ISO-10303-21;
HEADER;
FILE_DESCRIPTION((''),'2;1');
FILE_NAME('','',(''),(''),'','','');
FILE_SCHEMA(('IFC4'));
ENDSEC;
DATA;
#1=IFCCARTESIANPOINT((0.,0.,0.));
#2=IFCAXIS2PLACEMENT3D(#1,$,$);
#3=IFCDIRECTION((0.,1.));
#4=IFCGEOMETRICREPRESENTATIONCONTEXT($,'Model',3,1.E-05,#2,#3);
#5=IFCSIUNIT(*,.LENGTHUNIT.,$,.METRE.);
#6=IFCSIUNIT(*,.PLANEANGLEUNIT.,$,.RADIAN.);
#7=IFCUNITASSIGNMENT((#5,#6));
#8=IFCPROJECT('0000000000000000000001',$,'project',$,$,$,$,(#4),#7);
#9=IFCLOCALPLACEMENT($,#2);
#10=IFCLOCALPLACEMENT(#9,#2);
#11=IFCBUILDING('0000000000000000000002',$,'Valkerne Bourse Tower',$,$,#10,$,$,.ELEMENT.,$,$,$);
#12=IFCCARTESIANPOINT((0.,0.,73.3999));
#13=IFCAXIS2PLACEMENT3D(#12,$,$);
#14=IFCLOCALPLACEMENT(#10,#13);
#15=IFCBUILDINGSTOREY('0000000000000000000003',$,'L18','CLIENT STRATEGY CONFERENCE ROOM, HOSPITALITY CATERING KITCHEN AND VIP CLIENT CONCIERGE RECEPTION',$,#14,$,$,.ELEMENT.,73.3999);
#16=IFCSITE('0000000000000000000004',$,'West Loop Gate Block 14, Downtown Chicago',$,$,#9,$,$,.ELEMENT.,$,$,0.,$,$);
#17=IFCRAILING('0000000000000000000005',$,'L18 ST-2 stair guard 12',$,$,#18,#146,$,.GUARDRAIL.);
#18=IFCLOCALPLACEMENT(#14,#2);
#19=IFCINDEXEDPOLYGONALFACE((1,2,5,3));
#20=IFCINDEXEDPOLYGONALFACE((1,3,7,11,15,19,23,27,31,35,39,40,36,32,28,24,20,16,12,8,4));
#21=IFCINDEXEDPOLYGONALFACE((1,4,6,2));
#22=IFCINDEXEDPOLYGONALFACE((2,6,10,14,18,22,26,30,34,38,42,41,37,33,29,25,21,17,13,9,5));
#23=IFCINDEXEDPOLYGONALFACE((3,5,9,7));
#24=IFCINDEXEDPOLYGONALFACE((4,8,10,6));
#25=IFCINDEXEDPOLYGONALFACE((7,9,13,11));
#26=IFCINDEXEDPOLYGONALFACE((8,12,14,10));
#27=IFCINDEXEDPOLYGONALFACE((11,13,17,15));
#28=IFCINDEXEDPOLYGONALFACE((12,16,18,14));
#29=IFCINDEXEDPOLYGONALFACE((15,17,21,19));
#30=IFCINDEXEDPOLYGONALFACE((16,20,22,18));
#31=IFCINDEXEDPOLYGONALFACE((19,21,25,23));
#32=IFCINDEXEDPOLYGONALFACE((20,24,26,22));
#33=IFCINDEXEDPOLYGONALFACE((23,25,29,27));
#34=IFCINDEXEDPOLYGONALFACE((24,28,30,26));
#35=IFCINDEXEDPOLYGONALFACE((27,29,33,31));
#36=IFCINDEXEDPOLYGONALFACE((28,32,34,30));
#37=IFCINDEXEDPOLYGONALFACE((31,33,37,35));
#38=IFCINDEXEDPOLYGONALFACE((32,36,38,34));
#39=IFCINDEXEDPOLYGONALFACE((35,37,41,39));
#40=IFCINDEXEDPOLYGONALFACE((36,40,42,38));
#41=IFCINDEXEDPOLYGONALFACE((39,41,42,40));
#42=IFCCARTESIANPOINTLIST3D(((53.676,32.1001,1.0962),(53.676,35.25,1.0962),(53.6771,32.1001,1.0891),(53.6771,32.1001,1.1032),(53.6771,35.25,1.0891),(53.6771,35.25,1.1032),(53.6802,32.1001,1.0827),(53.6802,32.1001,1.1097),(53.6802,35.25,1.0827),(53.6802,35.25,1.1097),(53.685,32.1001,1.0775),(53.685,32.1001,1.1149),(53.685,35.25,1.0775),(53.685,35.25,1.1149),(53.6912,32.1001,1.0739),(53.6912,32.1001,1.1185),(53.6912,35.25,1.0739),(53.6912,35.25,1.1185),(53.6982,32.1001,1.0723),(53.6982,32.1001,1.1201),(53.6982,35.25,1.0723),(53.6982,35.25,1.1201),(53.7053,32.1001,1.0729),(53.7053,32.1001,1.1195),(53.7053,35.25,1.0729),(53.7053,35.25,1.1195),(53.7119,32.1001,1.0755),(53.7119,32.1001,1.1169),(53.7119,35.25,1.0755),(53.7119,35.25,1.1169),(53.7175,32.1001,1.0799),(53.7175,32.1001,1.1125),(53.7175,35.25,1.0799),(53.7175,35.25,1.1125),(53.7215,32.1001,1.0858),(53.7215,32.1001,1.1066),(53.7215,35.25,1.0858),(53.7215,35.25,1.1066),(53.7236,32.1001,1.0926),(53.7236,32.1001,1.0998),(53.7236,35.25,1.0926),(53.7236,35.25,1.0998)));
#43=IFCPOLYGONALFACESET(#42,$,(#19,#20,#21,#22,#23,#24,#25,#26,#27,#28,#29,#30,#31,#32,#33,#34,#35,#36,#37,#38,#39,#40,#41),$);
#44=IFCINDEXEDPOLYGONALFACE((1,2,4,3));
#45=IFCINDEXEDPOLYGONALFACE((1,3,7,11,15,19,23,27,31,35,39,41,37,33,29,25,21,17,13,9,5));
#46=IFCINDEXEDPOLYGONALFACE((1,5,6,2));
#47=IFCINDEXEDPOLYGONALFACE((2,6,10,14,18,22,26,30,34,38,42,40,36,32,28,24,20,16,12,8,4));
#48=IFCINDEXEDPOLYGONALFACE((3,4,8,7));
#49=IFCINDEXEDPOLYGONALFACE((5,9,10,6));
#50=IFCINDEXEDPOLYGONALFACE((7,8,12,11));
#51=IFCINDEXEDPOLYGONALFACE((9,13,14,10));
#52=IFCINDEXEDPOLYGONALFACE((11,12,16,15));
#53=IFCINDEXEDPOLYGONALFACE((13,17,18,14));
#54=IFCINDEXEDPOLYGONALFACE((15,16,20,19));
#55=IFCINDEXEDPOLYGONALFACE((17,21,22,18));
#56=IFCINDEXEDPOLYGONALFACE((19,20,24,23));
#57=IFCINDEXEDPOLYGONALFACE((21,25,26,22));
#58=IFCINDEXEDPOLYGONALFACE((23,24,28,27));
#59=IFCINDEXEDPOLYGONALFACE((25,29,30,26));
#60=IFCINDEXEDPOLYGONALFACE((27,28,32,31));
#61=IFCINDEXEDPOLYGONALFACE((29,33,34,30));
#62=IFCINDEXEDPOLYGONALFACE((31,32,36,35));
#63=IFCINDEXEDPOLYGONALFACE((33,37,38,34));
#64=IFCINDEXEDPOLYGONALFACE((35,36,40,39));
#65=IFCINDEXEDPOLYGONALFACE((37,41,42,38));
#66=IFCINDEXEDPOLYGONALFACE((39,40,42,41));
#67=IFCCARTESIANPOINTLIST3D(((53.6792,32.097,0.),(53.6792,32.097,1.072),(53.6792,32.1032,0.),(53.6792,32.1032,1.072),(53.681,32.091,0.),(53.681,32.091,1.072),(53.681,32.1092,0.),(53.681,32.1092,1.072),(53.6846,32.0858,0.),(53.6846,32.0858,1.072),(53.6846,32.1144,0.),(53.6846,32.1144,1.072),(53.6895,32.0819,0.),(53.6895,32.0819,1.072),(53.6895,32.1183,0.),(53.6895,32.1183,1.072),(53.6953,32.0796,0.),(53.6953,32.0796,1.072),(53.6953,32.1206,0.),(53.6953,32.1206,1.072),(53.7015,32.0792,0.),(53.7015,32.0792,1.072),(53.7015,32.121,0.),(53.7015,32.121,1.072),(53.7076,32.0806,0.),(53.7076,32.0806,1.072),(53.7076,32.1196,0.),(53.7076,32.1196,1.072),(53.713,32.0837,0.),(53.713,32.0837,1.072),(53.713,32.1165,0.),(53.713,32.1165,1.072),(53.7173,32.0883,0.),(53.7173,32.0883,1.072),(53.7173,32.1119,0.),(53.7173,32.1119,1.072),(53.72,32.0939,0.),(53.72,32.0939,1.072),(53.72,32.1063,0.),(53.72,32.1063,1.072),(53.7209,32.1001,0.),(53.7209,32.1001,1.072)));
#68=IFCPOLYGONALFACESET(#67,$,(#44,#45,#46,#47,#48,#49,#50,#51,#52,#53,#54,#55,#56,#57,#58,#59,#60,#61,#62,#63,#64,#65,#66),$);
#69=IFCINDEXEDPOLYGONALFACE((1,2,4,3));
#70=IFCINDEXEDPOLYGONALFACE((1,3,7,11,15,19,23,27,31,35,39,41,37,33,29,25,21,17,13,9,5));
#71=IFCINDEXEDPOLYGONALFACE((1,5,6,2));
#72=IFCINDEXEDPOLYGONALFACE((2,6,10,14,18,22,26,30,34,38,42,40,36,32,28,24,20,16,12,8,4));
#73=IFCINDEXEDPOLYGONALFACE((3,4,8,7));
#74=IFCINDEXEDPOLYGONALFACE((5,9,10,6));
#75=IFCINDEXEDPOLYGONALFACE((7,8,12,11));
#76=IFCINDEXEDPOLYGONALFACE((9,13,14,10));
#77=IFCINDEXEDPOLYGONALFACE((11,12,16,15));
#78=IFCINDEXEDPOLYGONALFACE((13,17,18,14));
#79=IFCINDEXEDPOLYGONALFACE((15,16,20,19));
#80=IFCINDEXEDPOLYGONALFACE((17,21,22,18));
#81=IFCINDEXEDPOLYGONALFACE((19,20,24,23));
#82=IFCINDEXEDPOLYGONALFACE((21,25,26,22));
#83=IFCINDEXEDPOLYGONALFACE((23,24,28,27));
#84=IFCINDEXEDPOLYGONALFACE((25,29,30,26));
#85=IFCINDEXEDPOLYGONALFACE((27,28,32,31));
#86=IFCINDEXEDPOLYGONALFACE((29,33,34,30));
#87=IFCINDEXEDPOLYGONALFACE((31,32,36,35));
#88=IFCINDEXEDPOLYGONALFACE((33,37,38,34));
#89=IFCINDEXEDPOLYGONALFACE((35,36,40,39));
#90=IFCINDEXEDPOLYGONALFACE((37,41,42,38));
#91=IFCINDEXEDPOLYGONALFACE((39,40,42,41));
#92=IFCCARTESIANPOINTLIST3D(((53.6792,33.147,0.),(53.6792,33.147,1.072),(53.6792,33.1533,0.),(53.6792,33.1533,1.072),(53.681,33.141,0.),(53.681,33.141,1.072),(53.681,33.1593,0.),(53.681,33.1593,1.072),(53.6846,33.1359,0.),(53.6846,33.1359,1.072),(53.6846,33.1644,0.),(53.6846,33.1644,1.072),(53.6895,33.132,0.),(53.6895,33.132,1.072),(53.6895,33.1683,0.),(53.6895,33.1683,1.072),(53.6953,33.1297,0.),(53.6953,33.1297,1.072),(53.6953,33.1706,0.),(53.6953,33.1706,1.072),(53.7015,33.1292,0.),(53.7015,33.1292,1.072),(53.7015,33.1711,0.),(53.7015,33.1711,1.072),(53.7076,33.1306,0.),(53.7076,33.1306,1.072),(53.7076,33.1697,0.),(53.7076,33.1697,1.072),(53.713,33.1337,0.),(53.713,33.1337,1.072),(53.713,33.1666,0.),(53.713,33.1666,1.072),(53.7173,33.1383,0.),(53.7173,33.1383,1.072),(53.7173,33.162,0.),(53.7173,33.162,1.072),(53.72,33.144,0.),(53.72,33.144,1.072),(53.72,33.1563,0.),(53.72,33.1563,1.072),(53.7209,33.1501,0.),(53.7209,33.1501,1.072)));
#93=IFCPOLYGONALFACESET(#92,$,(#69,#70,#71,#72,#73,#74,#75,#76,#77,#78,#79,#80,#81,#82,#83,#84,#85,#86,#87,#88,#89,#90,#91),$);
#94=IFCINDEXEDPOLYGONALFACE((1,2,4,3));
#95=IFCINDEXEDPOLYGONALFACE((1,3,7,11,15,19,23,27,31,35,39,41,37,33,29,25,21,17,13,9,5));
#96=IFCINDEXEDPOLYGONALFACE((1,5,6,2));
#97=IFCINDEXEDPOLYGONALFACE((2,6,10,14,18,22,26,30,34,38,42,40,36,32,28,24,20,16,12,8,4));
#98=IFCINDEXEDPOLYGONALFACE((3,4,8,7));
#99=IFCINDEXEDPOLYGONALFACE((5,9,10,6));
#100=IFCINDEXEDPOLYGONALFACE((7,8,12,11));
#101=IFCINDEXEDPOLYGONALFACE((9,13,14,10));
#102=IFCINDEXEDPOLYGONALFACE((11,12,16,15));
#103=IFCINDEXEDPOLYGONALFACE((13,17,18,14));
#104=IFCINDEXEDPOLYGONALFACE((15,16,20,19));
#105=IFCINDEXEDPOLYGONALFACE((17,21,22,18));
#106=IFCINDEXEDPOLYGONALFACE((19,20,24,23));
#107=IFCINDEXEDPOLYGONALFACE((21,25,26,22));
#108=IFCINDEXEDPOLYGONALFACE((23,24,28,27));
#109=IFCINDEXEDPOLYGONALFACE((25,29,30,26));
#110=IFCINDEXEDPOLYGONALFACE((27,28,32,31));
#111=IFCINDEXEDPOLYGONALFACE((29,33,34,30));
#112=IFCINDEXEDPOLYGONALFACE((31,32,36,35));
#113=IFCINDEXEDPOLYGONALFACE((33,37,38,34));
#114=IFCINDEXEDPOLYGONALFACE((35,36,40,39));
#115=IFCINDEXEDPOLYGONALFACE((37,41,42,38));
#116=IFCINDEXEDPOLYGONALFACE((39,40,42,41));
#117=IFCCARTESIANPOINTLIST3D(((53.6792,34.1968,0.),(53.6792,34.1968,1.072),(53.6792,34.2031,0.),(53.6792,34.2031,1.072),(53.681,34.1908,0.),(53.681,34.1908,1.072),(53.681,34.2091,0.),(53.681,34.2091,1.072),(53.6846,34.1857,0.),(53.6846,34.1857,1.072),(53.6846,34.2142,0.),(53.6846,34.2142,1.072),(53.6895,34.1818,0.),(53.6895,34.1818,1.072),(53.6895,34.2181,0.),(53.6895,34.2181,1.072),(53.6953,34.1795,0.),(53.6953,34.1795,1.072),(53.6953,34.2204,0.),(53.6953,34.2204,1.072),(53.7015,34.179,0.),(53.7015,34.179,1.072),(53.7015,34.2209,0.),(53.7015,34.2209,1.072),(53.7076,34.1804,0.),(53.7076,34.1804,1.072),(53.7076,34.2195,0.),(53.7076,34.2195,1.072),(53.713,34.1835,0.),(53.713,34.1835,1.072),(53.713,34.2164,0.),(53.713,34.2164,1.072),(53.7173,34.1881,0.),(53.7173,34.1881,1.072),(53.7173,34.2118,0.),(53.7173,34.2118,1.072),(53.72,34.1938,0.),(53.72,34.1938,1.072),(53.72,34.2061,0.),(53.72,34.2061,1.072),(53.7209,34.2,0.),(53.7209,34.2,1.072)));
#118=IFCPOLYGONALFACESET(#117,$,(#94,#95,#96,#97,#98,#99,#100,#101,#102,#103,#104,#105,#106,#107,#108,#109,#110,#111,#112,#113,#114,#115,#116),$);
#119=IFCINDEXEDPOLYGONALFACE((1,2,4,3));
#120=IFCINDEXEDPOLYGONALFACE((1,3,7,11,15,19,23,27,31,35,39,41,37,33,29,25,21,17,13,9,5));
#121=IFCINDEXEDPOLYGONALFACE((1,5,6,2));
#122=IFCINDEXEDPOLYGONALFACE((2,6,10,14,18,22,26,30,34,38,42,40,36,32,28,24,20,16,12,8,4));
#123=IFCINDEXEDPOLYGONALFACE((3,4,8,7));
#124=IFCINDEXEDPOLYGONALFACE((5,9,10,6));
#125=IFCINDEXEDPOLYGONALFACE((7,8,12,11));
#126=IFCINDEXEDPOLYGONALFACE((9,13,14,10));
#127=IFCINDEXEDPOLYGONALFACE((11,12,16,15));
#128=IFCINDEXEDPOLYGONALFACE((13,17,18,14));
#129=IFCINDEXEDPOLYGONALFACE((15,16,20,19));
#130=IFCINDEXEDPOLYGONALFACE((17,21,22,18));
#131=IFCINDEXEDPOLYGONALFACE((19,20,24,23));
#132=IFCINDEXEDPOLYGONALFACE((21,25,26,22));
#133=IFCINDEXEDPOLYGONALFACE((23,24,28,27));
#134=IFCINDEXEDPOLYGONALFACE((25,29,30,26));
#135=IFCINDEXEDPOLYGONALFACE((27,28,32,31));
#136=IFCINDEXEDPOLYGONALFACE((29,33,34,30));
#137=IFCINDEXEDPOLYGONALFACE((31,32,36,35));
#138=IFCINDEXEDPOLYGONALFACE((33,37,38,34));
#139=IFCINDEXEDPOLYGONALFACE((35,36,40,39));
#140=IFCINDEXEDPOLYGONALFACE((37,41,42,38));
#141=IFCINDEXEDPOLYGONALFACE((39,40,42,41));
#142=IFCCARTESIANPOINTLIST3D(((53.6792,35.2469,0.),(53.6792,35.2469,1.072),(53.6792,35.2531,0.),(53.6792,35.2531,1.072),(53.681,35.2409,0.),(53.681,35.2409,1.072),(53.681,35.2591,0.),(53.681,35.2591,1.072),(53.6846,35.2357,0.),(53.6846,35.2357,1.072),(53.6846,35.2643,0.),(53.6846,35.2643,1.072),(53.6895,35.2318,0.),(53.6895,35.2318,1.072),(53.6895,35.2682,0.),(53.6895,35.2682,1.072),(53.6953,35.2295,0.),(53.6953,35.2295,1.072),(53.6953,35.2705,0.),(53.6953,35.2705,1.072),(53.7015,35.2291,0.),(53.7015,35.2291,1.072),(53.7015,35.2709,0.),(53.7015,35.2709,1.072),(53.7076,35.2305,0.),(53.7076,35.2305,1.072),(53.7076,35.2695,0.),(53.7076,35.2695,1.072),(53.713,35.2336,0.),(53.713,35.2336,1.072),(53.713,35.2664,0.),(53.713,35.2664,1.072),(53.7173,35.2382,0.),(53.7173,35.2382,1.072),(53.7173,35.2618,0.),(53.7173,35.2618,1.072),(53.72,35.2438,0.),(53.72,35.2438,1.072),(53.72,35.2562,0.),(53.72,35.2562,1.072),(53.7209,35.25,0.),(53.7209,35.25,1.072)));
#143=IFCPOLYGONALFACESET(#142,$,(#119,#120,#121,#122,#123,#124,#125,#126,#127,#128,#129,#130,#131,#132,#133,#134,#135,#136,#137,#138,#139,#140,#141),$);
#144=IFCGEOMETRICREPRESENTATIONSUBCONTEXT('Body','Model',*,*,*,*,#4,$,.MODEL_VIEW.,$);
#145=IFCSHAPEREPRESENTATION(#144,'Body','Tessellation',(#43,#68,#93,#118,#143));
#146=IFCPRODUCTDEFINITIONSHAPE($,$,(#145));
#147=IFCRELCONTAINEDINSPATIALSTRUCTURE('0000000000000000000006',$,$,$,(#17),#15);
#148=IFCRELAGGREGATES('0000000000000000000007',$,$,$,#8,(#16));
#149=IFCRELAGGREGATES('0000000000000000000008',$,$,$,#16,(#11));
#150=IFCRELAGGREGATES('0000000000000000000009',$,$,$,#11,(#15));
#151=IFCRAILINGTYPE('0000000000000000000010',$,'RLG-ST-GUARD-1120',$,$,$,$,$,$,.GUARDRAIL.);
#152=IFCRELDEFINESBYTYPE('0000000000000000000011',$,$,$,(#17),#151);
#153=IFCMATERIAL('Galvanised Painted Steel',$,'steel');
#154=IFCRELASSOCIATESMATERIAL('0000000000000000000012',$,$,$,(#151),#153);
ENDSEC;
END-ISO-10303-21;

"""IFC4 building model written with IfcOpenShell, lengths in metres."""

from ifc_helpers import new_model, si_unit, direction, frame, origin, origin_2d, place, context, subcontext, project, spatial, circle, extrude, material, type_object, element, save


model = new_model("IFC4")

# Units and contexts
model_context = context("Model", 3, precision=1e-05, world=origin(), true_north=direction((0.0, 1.0)))
body_context = subcontext(model_context, "Body", "Model", "MODEL_VIEW")
ifc_project = project(units=[si_unit("LENGTHUNIT", "METRE"), si_unit("PLANEANGLEUNIT", "RADIAN")], contexts=[model_context])

# Site, building, storey
site_placement = place(None, origin())
site = spatial("IfcSite", under=ifc_project, at=site_placement, Name="West Loop Gate Block 14, Downtown Chicago", CompositionType="ELEMENT", RefElevation=0.0)
building_placement = place(site_placement, origin())
building = spatial("IfcBuilding", under=site, at=building_placement, Name="Valkerne Bourse Tower", CompositionType="ELEMENT")
storey_placement = place(building_placement, frame((0.0, 0.0, 73.3999)))
storey = spatial("IfcBuildingStorey", under=building, at=storey_placement, Name="L18", Description="CLIENT STRATEGY CONFERENCE ROOM, HOSPITALITY CATERING KITCHEN AND VIP CLIENT CONCIERGE RECEPTION", CompositionType="ELEMENT", Elevation=73.3999)

# Railing
ifc_material_1 = material(Name="Galvanised Painted Steel", Category="steel")
railing_type_1 = type_object("IfcRailingType", Name="RLG-ST-GUARD-1120", PredefinedType="GUARDRAIL", material=ifc_material_1)
railing_1_placement = place(storey_placement, frame((53.7, 32.1001, 0.0)))
element("IfcRailing", 1, at=railing_1_placement, inside=storey, type_object=railing_type_1, Name="L18 ST-2 stair guard 12", PredefinedType="GUARDRAIL", context=body_context, shape_type="SweptSolid", body=[
    extrude(circle(Radius=0.0239, at=origin_2d()), frame((0.0, 0.0, 1.0962), z_axis=(0.0, 1.0, 0.0), x_axis=(-1.0, 0.0, 0.0)), (0.0, 0.0, 1.0), 3.1499),
    extrude(circle(Radius=0.021, at=origin_2d()), origin(), (0.0, 0.0, 1.0), 1.072),
    extrude(circle(Radius=0.021, at=origin_2d()), frame((0.0, 1.05, 0.0)), (0.0, 0.0, 1.0), 1.072),
    extrude(circle(Radius=0.021, at=origin_2d()), frame((0.0, 2.0999, 0.0)), (0.0, 0.0, 1.0), 1.072),
    extrude(circle(Radius=0.021, at=origin_2d()), frame((0.0, 3.1499, 0.0)), (0.0, 0.0, 1.0), 1.072),
])

save(model, "model.ifc")
